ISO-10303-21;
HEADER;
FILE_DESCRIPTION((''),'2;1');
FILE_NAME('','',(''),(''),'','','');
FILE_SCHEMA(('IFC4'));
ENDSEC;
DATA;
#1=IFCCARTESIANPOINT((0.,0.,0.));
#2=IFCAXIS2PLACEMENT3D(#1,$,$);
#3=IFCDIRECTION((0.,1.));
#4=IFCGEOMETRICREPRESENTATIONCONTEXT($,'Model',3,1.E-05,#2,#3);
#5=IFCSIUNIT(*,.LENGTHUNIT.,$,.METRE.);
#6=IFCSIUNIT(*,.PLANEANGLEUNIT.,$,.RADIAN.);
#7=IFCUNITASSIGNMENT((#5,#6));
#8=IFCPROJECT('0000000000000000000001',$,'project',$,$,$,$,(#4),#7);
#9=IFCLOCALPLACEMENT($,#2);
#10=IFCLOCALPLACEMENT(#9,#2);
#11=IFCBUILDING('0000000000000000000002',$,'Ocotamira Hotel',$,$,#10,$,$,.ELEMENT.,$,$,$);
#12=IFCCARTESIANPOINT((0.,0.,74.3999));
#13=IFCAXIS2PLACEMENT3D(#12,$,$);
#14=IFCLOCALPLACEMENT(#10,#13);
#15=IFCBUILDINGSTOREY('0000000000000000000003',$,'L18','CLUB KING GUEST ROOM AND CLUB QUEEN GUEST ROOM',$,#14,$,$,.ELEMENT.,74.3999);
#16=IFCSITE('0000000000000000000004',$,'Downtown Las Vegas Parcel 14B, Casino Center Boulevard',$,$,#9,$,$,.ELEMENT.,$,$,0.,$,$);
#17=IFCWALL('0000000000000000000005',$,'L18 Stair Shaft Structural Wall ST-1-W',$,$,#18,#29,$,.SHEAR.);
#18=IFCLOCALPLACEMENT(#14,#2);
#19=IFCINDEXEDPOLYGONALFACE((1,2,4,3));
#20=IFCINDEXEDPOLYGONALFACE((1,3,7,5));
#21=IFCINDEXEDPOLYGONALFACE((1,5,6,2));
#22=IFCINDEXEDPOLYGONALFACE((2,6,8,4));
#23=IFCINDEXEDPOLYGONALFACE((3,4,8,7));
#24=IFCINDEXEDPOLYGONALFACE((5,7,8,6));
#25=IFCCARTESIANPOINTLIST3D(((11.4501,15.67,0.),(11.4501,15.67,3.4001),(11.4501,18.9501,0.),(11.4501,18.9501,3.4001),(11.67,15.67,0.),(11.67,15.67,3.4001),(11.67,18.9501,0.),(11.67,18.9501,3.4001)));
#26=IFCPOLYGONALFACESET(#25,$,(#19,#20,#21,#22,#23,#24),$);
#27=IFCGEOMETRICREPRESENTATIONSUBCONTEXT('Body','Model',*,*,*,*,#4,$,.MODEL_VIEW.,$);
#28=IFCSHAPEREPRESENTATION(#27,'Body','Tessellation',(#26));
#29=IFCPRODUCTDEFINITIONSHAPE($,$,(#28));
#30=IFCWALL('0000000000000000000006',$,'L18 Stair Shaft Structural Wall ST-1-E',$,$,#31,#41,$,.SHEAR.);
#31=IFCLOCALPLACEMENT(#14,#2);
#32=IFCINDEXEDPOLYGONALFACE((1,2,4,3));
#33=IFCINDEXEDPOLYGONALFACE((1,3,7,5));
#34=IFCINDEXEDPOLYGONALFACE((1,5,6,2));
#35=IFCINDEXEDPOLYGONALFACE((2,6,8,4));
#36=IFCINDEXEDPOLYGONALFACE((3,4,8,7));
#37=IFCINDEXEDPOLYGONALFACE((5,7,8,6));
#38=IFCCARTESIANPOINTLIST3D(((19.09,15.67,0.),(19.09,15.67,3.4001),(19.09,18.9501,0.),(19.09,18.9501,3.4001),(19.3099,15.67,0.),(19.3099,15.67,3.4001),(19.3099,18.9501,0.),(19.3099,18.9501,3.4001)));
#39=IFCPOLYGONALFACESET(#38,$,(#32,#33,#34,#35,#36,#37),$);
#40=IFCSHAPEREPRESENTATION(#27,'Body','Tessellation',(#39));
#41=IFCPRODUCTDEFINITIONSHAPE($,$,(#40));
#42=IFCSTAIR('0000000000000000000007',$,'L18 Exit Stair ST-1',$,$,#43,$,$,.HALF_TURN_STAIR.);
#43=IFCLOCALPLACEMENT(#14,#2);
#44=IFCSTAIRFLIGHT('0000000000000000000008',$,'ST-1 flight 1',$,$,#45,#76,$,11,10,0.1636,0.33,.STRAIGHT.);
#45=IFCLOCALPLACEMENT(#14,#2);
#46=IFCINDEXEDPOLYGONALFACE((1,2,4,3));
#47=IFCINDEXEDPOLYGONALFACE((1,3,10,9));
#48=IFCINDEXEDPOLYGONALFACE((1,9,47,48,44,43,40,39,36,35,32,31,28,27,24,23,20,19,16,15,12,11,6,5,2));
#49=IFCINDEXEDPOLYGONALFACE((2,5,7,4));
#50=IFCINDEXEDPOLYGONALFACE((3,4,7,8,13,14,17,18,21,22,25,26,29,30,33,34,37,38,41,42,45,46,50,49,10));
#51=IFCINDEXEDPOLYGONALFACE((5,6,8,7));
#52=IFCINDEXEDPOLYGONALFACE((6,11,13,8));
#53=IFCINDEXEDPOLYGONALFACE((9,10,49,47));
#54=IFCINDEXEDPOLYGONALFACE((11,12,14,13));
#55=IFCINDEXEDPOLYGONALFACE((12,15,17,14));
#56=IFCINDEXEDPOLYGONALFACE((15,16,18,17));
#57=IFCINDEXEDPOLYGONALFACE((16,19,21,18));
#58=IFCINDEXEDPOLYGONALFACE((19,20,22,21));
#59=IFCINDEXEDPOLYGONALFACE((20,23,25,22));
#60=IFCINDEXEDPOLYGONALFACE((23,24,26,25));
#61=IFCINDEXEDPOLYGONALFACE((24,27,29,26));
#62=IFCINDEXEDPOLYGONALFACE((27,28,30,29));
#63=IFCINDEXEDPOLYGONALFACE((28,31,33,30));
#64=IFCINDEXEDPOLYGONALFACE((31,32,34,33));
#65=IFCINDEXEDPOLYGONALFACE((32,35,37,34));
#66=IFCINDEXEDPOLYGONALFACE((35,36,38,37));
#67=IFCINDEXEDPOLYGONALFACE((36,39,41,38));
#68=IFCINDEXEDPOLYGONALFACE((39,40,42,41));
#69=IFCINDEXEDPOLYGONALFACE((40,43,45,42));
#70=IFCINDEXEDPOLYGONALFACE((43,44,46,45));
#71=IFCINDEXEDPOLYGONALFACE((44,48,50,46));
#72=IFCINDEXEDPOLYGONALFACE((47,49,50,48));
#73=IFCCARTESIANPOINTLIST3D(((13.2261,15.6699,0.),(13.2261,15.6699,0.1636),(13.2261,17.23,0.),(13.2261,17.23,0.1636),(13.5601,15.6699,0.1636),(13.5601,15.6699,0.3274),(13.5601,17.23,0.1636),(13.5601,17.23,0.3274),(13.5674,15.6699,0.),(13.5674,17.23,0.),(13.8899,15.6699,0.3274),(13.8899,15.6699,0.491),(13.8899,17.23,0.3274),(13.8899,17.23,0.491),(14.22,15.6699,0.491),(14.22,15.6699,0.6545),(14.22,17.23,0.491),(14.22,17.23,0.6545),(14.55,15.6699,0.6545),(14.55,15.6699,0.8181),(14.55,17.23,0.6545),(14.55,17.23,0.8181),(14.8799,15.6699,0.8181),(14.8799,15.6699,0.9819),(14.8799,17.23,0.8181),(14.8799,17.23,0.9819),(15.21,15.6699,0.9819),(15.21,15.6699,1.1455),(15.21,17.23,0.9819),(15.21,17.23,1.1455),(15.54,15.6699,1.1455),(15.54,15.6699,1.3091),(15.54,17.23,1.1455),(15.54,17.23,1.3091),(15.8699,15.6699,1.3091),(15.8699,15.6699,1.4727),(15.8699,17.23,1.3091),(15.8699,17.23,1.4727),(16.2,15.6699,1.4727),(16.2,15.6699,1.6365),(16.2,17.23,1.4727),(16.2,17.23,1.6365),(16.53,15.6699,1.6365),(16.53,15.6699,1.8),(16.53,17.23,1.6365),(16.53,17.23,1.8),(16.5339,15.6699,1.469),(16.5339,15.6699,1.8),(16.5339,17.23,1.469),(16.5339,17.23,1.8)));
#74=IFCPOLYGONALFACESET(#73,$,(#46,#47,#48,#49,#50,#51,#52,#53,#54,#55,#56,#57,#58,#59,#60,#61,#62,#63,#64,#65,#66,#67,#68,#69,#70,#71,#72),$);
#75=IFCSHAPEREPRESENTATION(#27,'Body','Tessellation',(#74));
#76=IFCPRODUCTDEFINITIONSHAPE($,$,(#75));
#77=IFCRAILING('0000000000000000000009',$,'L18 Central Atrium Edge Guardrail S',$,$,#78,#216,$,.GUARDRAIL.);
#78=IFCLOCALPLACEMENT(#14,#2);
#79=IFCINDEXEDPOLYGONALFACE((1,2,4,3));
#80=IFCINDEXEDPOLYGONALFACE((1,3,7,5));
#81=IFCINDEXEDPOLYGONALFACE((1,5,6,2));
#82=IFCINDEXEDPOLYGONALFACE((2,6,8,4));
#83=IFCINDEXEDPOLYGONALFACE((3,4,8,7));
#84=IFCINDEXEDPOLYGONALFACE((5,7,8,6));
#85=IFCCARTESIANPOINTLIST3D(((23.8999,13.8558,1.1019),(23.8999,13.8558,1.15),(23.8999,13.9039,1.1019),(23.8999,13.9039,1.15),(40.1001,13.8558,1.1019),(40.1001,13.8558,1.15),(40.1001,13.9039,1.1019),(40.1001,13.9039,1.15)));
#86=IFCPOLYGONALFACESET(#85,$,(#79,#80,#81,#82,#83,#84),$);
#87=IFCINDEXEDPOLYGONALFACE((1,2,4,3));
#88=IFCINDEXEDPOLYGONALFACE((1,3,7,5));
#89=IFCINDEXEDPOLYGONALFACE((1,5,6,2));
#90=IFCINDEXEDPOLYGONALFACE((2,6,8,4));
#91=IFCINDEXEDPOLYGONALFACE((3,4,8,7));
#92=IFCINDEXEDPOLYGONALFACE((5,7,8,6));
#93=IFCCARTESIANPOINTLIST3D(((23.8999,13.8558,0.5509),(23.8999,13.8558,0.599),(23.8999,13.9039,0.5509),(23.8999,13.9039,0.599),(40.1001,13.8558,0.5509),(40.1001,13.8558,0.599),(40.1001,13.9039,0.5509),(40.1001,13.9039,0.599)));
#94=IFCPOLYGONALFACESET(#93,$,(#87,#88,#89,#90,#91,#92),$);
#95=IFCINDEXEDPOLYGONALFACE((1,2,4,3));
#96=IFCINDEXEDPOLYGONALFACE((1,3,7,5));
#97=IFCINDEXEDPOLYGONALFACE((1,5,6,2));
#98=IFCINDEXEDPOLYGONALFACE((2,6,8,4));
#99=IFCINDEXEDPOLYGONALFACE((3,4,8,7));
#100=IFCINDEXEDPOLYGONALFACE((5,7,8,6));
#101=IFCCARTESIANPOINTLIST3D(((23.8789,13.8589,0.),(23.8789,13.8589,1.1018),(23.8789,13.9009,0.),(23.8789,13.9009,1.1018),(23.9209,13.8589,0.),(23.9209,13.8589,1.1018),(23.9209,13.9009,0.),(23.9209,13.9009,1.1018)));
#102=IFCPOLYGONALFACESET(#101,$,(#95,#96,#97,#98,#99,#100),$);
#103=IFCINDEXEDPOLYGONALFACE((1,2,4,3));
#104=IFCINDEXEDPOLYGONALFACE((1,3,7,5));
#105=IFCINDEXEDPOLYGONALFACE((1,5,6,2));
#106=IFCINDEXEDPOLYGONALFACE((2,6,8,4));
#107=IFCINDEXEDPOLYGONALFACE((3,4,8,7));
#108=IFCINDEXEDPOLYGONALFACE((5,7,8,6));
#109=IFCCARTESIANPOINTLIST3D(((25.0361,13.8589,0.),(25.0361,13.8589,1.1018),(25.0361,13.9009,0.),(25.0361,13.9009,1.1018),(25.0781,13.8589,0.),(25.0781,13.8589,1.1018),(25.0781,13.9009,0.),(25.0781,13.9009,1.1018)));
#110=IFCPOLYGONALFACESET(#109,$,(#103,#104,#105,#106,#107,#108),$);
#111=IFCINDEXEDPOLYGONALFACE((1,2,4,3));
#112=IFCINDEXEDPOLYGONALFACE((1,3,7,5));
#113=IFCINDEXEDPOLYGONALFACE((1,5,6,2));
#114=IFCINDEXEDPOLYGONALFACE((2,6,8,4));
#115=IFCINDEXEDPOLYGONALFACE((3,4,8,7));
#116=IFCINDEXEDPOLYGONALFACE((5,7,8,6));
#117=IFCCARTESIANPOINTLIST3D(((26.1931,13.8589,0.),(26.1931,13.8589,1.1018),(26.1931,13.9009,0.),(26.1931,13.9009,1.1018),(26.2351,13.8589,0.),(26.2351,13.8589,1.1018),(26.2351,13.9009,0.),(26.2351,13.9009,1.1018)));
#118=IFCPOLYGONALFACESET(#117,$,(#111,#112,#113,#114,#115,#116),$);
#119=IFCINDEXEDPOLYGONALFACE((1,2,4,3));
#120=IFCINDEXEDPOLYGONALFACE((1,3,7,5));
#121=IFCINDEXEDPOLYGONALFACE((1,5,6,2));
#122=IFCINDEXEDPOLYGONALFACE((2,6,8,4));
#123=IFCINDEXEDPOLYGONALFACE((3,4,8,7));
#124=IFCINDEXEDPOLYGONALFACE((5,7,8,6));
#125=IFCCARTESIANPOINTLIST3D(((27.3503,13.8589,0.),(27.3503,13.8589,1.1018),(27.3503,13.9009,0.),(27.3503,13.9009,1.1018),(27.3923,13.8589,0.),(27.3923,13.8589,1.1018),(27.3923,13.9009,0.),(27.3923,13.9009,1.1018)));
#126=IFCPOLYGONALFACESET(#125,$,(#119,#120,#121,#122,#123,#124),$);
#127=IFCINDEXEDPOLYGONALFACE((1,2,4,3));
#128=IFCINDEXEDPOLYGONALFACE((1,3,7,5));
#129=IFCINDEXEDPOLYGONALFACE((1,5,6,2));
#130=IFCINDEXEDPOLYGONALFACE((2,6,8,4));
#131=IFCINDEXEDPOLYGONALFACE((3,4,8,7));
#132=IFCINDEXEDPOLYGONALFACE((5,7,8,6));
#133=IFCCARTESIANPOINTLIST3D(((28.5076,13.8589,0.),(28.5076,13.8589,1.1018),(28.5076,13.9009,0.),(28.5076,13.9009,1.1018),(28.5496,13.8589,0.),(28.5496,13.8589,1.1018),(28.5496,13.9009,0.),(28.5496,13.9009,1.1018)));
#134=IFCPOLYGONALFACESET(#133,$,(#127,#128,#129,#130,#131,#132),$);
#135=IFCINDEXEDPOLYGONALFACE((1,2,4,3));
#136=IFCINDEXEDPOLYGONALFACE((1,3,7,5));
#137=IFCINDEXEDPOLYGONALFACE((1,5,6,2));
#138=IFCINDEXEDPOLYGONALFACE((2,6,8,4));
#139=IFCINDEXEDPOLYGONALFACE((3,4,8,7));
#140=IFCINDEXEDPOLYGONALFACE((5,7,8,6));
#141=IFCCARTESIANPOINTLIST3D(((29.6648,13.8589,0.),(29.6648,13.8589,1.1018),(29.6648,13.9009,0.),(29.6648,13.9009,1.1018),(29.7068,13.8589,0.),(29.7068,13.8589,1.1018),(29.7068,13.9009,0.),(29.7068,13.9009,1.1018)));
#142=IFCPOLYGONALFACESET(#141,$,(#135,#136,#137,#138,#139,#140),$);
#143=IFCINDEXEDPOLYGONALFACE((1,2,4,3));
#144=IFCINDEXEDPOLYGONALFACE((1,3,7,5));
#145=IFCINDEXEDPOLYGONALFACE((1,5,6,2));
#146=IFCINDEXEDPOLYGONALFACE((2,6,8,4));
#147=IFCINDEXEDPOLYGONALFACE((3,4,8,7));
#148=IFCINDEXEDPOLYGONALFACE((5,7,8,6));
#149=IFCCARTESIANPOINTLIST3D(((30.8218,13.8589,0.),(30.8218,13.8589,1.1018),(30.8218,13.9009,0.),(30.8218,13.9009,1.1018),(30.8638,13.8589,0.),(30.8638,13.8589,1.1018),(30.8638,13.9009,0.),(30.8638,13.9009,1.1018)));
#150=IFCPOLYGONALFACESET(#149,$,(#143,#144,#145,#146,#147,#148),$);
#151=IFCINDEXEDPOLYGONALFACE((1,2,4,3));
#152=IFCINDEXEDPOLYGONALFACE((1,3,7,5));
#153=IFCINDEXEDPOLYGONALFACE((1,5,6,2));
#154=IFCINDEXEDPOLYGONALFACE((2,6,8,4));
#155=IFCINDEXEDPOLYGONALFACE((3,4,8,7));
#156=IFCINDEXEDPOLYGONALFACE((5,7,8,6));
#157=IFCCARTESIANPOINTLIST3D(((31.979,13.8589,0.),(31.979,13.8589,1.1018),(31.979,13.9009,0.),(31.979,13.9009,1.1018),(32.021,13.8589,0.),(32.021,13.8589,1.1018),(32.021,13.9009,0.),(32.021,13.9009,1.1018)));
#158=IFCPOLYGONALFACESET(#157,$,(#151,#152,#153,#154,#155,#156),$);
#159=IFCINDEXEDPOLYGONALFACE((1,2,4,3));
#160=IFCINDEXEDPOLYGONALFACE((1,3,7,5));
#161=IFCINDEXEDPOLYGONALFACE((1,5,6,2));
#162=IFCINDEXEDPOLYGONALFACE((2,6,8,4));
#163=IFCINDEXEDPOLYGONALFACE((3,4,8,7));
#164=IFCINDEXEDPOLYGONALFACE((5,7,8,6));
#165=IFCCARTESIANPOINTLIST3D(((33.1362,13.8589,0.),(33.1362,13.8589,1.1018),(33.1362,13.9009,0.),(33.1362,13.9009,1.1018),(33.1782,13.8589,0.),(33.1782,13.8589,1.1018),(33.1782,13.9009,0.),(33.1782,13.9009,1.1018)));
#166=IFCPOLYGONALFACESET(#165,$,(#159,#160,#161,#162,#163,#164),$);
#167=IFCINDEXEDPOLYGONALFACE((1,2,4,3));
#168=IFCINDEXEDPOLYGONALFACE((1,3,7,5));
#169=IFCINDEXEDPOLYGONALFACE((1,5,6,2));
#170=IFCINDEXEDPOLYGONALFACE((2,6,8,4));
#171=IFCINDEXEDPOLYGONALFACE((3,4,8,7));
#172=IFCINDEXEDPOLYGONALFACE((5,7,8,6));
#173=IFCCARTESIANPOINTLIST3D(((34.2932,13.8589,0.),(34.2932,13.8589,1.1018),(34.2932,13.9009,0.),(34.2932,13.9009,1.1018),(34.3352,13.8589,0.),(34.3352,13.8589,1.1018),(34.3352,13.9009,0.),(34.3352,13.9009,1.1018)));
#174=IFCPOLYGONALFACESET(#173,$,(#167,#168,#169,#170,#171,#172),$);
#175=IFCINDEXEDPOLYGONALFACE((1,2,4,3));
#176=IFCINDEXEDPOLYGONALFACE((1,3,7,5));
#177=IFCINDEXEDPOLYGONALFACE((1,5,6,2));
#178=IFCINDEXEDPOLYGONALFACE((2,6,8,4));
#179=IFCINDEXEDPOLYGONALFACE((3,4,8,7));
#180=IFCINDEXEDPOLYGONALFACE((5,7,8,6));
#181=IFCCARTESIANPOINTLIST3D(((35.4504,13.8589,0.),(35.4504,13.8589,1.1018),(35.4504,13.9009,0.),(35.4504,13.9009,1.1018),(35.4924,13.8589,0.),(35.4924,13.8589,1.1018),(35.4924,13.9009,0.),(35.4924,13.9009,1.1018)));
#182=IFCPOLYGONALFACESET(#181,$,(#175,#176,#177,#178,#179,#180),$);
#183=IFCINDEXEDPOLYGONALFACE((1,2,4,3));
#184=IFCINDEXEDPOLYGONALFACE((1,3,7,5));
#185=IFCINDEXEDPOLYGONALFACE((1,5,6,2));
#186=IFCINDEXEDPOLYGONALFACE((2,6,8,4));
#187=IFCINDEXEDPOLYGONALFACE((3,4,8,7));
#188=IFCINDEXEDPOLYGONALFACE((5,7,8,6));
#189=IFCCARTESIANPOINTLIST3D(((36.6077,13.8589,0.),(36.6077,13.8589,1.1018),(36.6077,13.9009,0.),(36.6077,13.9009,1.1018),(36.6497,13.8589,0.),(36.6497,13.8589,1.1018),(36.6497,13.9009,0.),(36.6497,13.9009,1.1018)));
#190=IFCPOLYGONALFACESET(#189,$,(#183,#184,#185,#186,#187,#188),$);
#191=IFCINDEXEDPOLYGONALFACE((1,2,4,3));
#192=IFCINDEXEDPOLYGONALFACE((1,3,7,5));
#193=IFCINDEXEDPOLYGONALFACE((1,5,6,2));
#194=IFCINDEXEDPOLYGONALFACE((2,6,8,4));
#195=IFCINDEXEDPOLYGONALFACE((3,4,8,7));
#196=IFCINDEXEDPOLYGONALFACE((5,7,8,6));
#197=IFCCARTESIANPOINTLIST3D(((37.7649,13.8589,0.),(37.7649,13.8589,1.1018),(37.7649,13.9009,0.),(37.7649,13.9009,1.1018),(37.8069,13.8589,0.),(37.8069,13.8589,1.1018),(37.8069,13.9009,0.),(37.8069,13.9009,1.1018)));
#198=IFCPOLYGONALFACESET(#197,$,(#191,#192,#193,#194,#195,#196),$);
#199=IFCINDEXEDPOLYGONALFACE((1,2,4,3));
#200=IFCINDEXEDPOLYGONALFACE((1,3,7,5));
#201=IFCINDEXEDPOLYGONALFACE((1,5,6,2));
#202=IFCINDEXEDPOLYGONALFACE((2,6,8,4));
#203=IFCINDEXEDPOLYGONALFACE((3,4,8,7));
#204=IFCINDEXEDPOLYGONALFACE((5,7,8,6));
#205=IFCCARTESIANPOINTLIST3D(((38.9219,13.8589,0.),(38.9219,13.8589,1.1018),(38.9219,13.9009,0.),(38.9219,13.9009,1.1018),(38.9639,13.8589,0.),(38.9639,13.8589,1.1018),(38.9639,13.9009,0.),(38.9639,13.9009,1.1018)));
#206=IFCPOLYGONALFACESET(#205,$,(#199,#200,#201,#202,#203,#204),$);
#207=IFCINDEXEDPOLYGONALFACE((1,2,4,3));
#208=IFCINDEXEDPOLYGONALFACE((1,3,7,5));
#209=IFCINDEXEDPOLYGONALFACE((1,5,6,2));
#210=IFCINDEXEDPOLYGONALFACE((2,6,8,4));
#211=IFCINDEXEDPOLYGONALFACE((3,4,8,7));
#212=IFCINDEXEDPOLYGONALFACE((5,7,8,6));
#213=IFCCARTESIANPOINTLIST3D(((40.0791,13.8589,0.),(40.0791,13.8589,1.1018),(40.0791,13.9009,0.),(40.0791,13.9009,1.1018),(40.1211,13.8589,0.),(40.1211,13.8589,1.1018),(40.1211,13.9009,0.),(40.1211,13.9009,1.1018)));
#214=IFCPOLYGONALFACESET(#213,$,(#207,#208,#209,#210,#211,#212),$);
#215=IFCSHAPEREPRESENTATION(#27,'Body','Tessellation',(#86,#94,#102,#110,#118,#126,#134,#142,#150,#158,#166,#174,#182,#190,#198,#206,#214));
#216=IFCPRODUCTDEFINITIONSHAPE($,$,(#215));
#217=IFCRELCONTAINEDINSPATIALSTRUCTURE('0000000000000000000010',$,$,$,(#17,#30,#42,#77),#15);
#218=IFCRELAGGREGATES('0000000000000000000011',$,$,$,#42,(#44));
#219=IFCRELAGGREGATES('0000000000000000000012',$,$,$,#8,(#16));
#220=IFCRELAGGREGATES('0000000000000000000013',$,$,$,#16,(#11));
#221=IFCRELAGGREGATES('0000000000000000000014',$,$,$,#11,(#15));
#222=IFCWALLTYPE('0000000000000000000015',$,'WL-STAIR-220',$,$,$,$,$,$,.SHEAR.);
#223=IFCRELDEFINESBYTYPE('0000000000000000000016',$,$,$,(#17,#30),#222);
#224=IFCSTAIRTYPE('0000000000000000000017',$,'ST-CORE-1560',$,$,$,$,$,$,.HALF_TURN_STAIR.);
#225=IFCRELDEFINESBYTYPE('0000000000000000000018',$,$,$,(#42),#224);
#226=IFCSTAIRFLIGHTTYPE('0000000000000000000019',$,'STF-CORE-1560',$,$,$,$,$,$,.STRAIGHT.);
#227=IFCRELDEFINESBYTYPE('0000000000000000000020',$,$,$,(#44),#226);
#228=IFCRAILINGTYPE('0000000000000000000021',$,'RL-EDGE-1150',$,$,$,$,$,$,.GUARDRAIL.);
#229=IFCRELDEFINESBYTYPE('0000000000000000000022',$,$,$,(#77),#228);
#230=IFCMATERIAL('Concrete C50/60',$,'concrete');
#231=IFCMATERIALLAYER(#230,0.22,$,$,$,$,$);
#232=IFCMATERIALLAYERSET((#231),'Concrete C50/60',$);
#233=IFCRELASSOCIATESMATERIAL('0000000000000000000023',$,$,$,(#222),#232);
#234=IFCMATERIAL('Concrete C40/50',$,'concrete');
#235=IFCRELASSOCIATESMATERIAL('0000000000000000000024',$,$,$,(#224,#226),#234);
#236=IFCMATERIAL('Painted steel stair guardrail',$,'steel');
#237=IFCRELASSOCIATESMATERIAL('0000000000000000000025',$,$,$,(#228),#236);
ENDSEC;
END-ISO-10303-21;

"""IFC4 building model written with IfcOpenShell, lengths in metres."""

from ifc_helpers import new_model, si_unit, direction, frame, frame_2d, origin, origin_2d, place, context, subcontext, project, spatial, polyline, rectangle, outline, extrude, source, transform, mapped, material, layer, layer_set, type_object, element, aggregate, save


model = new_model("IFC4")

# Units and contexts
model_context = context("Model", 3, precision=1e-05, world=origin(), true_north=direction((0.0, 1.0)))
body_context = subcontext(model_context, "Body", "Model", "MODEL_VIEW")
ifc_project = project(units=[si_unit("LENGTHUNIT", "METRE"), si_unit("PLANEANGLEUNIT", "RADIAN")], contexts=[model_context])

# Site, building, storey
site_placement = place(None, origin())
site = spatial("IfcSite", under=ifc_project, at=site_placement, Name="Downtown Las Vegas Parcel 14B, Casino Center Boulevard", CompositionType="ELEMENT", RefElevation=0.0)
building_placement = place(site_placement, origin())
building = spatial("IfcBuilding", under=site, at=building_placement, Name="Ocotamira Hotel", CompositionType="ELEMENT")
storey_placement = place(building_placement, frame((0.0, 0.0, 74.3999)))
storey = spatial("IfcBuildingStorey", under=building, at=storey_placement, Name="L18", Description="CLUB KING GUEST ROOM AND CLUB QUEEN GUEST ROOM", CompositionType="ELEMENT", Elevation=74.3999)

# Walls
ifc_material_1 = material(Name="Concrete C50/60", Category="concrete")
ifc_layer_1 = layer(ifc_material_1, 0.22)
ifc_layer_set_1 = layer_set([ifc_layer_1], Name="Concrete C50/60")
wall_type_1 = type_object("IfcWallType", Name="WL-STAIR-220", PredefinedType="SHEAR", material=ifc_layer_set_1)
for number, where, z_axis, x_axis, name in (
    (1, (11.5601, 15.6699, 0.0), (0.0, 0.0, 1.0), (0.0, 1.0, 0.0), "L18 Stair Shaft Structural Wall ST-1-W"),
    (2, (19.2, 15.6699, 0.0), (0.0, 0.0, 1.0), (0.0, 1.0, 0.0), "L18 Stair Shaft Structural Wall ST-1-E"),
):
    element("IfcWall", number, at=place(storey_placement, frame(where, z_axis=z_axis, x_axis=x_axis)), inside=storey, type_object=wall_type_1, Name=name, PredefinedType="SHEAR", context=body_context, shape_type="SweptSolid", body=[
        extrude(rectangle(XDim=3.28, YDim=0.22, at=frame_2d((1.6401, 0.0))), origin(), (0.0, 0.0, 1.0), 3.4001),
    ])

# Stair, stair flight
ifc_material_2 = material(Name="Concrete C40/50", Category="concrete")
stair_type = type_object("IfcStairType", Name="ST-CORE-1560", PredefinedType="HALF_TURN_STAIR", material=ifc_material_2)
stair_placement = place(storey_placement, origin())
stair = element("IfcStair", 3, at=stair_placement, inside=storey, type_object=stair_type, Name="L18 Exit Stair ST-1", PredefinedType="HALF_TURN_STAIR")
stair_flight_type = type_object("IfcStairFlightType", Name="STF-CORE-1560", PredefinedType="STRAIGHT", material=ifc_material_2)
shared_shape_1 = source(origin(), body_context, "Body", "SweptSolid", [
    extrude(outline(polyline([(-0.0039, 0.0), (-0.0039, 0.1636), (0.3301, 0.1636), (0.3301, 0.3274), (0.6599, 0.3274), (0.6599, 0.491), (0.99, 0.491), (0.99, 0.6545), (1.3201, 0.6545), (1.3201, 0.8181), (1.6499, 0.8181), (1.6499, 0.9819), (1.98, 0.9819), (1.98, 1.1455), (2.3101, 1.1455), (2.3101, 1.3091), (2.6399, 1.3091), (2.6399, 1.4727), (2.97, 1.4727), (2.97, 1.6365), (3.3, 1.6365), (3.3, 1.8), (3.304, 1.8), (3.304, 1.469), (0.3374, 0.0), (-0.0039, 0.0)])), frame((0.0, 0.78, 0.0), z_axis=(0.0, -1.0, 0.0), x_axis=(1.0, 0.0, 0.0)), (0.0, 0.0, 1.0), 1.5601),
])
stair_flight_placement = place(storey_placement, frame((13.23, 16.45, 0.0), z_axis=(0.0, 0.0, 1.0), x_axis=(1.0, 0.0, 0.0)))
stair_flight = element("IfcStairFlight", 4, at=stair_flight_placement, type_object=stair_flight_type, Name="ST-1 flight 1", NumberOfRisers=11, NumberOfTreads=10, PredefinedType="STRAIGHT", RiserHeight=0.1636, TreadLength=0.33, context=body_context, shape_type="MappedRepresentation", body=[
    mapped(shared_shape_1, transform((0.0, 0.0, 0.0), scale=1.0)),
])
aggregate(stair, [stair_flight])

# Railing
ifc_material_3 = material(Name="Painted steel stair guardrail", Category="steel")
railing_type_1 = type_object("IfcRailingType", Name="RL-EDGE-1150", PredefinedType="GUARDRAIL", material=ifc_material_3)
railing_1_placement = place(storey_placement, frame((23.8999, 13.8799, 0.0)))
element("IfcRailing", 5, at=railing_1_placement, inside=storey, type_object=railing_type_1, Name="L18 Central Atrium Edge Guardrail S", PredefinedType="GUARDRAIL", context=body_context, shape_type="SweptSolid", body=[
    extrude(rectangle(XDim=0.0481, YDim=0.0481, at=origin_2d()), frame((0.0, 0.0, 1.126), z_axis=(1.0, 0.0, 0.0), x_axis=(0.0, 1.0, 0.0)), (0.0, 0.0, 1.0), 16.2002),
    extrude(rectangle(XDim=0.0481, YDim=0.0481, at=origin_2d()), frame((0.0, 0.0, 0.575), z_axis=(1.0, 0.0, 0.0), x_axis=(0.0, 1.0, 0.0)), (0.0, 0.0, 1.0), 16.2002),
    extrude(rectangle(XDim=0.042, YDim=0.042, at=origin_2d()), origin(), (0.0, 0.0, 1.0), 1.1018),
    extrude(rectangle(XDim=0.042, YDim=0.042, at=origin_2d()), frame((1.1572, 0.0, 0.0)), (0.0, 0.0, 1.0), 1.1018),
    extrude(rectangle(XDim=0.042, YDim=0.042, at=origin_2d()), frame((2.3142, 0.0, 0.0)), (0.0, 0.0, 1.0), 1.1018),
    extrude(rectangle(XDim=0.042, YDim=0.042, at=origin_2d()), frame((3.4714, 0.0, 0.0)), (0.0, 0.0, 1.0), 1.1018),
    extrude(rectangle(XDim=0.042, YDim=0.042, at=origin_2d()), frame((4.6287, 0.0, 0.0)), (0.0, 0.0, 1.0), 1.1018),
    extrude(rectangle(XDim=0.042, YDim=0.042, at=origin_2d()), frame((5.7859, 0.0, 0.0)), (0.0, 0.0, 1.0), 1.1018),
    extrude(rectangle(XDim=0.042, YDim=0.042, at=origin_2d()), frame((6.9429, 0.0, 0.0)), (0.0, 0.0, 1.0), 1.1018),
    extrude(rectangle(XDim=0.042, YDim=0.042, at=origin_2d()), frame((8.1001, 0.0, 0.0)), (0.0, 0.0, 1.0), 1.1018),
    extrude(rectangle(XDim=0.042, YDim=0.042, at=origin_2d()), frame((9.2573, 0.0, 0.0)), (0.0, 0.0, 1.0), 1.1018),
    extrude(rectangle(XDim=0.042, YDim=0.042, at=origin_2d()), frame((10.4143, 0.0, 0.0)), (0.0, 0.0, 1.0), 1.1018),
    extrude(rectangle(XDim=0.042, YDim=0.042, at=origin_2d()), frame((11.5715, 0.0, 0.0)), (0.0, 0.0, 1.0), 1.1018),
    extrude(rectangle(XDim=0.042, YDim=0.042, at=origin_2d()), frame((12.7288, 0.0, 0.0)), (0.0, 0.0, 1.0), 1.1018),
    extrude(rectangle(XDim=0.042, YDim=0.042, at=origin_2d()), frame((13.886, 0.0, 0.0)), (0.0, 0.0, 1.0), 1.1018),
    extrude(rectangle(XDim=0.042, YDim=0.042, at=origin_2d()), frame((15.043, 0.0, 0.0)), (0.0, 0.0, 1.0), 1.1018),
    extrude(rectangle(XDim=0.042, YDim=0.042, at=origin_2d()), frame((16.2002, 0.0, 0.0)), (0.0, 0.0, 1.0), 1.1018),
])

save(model, "model.ifc")
